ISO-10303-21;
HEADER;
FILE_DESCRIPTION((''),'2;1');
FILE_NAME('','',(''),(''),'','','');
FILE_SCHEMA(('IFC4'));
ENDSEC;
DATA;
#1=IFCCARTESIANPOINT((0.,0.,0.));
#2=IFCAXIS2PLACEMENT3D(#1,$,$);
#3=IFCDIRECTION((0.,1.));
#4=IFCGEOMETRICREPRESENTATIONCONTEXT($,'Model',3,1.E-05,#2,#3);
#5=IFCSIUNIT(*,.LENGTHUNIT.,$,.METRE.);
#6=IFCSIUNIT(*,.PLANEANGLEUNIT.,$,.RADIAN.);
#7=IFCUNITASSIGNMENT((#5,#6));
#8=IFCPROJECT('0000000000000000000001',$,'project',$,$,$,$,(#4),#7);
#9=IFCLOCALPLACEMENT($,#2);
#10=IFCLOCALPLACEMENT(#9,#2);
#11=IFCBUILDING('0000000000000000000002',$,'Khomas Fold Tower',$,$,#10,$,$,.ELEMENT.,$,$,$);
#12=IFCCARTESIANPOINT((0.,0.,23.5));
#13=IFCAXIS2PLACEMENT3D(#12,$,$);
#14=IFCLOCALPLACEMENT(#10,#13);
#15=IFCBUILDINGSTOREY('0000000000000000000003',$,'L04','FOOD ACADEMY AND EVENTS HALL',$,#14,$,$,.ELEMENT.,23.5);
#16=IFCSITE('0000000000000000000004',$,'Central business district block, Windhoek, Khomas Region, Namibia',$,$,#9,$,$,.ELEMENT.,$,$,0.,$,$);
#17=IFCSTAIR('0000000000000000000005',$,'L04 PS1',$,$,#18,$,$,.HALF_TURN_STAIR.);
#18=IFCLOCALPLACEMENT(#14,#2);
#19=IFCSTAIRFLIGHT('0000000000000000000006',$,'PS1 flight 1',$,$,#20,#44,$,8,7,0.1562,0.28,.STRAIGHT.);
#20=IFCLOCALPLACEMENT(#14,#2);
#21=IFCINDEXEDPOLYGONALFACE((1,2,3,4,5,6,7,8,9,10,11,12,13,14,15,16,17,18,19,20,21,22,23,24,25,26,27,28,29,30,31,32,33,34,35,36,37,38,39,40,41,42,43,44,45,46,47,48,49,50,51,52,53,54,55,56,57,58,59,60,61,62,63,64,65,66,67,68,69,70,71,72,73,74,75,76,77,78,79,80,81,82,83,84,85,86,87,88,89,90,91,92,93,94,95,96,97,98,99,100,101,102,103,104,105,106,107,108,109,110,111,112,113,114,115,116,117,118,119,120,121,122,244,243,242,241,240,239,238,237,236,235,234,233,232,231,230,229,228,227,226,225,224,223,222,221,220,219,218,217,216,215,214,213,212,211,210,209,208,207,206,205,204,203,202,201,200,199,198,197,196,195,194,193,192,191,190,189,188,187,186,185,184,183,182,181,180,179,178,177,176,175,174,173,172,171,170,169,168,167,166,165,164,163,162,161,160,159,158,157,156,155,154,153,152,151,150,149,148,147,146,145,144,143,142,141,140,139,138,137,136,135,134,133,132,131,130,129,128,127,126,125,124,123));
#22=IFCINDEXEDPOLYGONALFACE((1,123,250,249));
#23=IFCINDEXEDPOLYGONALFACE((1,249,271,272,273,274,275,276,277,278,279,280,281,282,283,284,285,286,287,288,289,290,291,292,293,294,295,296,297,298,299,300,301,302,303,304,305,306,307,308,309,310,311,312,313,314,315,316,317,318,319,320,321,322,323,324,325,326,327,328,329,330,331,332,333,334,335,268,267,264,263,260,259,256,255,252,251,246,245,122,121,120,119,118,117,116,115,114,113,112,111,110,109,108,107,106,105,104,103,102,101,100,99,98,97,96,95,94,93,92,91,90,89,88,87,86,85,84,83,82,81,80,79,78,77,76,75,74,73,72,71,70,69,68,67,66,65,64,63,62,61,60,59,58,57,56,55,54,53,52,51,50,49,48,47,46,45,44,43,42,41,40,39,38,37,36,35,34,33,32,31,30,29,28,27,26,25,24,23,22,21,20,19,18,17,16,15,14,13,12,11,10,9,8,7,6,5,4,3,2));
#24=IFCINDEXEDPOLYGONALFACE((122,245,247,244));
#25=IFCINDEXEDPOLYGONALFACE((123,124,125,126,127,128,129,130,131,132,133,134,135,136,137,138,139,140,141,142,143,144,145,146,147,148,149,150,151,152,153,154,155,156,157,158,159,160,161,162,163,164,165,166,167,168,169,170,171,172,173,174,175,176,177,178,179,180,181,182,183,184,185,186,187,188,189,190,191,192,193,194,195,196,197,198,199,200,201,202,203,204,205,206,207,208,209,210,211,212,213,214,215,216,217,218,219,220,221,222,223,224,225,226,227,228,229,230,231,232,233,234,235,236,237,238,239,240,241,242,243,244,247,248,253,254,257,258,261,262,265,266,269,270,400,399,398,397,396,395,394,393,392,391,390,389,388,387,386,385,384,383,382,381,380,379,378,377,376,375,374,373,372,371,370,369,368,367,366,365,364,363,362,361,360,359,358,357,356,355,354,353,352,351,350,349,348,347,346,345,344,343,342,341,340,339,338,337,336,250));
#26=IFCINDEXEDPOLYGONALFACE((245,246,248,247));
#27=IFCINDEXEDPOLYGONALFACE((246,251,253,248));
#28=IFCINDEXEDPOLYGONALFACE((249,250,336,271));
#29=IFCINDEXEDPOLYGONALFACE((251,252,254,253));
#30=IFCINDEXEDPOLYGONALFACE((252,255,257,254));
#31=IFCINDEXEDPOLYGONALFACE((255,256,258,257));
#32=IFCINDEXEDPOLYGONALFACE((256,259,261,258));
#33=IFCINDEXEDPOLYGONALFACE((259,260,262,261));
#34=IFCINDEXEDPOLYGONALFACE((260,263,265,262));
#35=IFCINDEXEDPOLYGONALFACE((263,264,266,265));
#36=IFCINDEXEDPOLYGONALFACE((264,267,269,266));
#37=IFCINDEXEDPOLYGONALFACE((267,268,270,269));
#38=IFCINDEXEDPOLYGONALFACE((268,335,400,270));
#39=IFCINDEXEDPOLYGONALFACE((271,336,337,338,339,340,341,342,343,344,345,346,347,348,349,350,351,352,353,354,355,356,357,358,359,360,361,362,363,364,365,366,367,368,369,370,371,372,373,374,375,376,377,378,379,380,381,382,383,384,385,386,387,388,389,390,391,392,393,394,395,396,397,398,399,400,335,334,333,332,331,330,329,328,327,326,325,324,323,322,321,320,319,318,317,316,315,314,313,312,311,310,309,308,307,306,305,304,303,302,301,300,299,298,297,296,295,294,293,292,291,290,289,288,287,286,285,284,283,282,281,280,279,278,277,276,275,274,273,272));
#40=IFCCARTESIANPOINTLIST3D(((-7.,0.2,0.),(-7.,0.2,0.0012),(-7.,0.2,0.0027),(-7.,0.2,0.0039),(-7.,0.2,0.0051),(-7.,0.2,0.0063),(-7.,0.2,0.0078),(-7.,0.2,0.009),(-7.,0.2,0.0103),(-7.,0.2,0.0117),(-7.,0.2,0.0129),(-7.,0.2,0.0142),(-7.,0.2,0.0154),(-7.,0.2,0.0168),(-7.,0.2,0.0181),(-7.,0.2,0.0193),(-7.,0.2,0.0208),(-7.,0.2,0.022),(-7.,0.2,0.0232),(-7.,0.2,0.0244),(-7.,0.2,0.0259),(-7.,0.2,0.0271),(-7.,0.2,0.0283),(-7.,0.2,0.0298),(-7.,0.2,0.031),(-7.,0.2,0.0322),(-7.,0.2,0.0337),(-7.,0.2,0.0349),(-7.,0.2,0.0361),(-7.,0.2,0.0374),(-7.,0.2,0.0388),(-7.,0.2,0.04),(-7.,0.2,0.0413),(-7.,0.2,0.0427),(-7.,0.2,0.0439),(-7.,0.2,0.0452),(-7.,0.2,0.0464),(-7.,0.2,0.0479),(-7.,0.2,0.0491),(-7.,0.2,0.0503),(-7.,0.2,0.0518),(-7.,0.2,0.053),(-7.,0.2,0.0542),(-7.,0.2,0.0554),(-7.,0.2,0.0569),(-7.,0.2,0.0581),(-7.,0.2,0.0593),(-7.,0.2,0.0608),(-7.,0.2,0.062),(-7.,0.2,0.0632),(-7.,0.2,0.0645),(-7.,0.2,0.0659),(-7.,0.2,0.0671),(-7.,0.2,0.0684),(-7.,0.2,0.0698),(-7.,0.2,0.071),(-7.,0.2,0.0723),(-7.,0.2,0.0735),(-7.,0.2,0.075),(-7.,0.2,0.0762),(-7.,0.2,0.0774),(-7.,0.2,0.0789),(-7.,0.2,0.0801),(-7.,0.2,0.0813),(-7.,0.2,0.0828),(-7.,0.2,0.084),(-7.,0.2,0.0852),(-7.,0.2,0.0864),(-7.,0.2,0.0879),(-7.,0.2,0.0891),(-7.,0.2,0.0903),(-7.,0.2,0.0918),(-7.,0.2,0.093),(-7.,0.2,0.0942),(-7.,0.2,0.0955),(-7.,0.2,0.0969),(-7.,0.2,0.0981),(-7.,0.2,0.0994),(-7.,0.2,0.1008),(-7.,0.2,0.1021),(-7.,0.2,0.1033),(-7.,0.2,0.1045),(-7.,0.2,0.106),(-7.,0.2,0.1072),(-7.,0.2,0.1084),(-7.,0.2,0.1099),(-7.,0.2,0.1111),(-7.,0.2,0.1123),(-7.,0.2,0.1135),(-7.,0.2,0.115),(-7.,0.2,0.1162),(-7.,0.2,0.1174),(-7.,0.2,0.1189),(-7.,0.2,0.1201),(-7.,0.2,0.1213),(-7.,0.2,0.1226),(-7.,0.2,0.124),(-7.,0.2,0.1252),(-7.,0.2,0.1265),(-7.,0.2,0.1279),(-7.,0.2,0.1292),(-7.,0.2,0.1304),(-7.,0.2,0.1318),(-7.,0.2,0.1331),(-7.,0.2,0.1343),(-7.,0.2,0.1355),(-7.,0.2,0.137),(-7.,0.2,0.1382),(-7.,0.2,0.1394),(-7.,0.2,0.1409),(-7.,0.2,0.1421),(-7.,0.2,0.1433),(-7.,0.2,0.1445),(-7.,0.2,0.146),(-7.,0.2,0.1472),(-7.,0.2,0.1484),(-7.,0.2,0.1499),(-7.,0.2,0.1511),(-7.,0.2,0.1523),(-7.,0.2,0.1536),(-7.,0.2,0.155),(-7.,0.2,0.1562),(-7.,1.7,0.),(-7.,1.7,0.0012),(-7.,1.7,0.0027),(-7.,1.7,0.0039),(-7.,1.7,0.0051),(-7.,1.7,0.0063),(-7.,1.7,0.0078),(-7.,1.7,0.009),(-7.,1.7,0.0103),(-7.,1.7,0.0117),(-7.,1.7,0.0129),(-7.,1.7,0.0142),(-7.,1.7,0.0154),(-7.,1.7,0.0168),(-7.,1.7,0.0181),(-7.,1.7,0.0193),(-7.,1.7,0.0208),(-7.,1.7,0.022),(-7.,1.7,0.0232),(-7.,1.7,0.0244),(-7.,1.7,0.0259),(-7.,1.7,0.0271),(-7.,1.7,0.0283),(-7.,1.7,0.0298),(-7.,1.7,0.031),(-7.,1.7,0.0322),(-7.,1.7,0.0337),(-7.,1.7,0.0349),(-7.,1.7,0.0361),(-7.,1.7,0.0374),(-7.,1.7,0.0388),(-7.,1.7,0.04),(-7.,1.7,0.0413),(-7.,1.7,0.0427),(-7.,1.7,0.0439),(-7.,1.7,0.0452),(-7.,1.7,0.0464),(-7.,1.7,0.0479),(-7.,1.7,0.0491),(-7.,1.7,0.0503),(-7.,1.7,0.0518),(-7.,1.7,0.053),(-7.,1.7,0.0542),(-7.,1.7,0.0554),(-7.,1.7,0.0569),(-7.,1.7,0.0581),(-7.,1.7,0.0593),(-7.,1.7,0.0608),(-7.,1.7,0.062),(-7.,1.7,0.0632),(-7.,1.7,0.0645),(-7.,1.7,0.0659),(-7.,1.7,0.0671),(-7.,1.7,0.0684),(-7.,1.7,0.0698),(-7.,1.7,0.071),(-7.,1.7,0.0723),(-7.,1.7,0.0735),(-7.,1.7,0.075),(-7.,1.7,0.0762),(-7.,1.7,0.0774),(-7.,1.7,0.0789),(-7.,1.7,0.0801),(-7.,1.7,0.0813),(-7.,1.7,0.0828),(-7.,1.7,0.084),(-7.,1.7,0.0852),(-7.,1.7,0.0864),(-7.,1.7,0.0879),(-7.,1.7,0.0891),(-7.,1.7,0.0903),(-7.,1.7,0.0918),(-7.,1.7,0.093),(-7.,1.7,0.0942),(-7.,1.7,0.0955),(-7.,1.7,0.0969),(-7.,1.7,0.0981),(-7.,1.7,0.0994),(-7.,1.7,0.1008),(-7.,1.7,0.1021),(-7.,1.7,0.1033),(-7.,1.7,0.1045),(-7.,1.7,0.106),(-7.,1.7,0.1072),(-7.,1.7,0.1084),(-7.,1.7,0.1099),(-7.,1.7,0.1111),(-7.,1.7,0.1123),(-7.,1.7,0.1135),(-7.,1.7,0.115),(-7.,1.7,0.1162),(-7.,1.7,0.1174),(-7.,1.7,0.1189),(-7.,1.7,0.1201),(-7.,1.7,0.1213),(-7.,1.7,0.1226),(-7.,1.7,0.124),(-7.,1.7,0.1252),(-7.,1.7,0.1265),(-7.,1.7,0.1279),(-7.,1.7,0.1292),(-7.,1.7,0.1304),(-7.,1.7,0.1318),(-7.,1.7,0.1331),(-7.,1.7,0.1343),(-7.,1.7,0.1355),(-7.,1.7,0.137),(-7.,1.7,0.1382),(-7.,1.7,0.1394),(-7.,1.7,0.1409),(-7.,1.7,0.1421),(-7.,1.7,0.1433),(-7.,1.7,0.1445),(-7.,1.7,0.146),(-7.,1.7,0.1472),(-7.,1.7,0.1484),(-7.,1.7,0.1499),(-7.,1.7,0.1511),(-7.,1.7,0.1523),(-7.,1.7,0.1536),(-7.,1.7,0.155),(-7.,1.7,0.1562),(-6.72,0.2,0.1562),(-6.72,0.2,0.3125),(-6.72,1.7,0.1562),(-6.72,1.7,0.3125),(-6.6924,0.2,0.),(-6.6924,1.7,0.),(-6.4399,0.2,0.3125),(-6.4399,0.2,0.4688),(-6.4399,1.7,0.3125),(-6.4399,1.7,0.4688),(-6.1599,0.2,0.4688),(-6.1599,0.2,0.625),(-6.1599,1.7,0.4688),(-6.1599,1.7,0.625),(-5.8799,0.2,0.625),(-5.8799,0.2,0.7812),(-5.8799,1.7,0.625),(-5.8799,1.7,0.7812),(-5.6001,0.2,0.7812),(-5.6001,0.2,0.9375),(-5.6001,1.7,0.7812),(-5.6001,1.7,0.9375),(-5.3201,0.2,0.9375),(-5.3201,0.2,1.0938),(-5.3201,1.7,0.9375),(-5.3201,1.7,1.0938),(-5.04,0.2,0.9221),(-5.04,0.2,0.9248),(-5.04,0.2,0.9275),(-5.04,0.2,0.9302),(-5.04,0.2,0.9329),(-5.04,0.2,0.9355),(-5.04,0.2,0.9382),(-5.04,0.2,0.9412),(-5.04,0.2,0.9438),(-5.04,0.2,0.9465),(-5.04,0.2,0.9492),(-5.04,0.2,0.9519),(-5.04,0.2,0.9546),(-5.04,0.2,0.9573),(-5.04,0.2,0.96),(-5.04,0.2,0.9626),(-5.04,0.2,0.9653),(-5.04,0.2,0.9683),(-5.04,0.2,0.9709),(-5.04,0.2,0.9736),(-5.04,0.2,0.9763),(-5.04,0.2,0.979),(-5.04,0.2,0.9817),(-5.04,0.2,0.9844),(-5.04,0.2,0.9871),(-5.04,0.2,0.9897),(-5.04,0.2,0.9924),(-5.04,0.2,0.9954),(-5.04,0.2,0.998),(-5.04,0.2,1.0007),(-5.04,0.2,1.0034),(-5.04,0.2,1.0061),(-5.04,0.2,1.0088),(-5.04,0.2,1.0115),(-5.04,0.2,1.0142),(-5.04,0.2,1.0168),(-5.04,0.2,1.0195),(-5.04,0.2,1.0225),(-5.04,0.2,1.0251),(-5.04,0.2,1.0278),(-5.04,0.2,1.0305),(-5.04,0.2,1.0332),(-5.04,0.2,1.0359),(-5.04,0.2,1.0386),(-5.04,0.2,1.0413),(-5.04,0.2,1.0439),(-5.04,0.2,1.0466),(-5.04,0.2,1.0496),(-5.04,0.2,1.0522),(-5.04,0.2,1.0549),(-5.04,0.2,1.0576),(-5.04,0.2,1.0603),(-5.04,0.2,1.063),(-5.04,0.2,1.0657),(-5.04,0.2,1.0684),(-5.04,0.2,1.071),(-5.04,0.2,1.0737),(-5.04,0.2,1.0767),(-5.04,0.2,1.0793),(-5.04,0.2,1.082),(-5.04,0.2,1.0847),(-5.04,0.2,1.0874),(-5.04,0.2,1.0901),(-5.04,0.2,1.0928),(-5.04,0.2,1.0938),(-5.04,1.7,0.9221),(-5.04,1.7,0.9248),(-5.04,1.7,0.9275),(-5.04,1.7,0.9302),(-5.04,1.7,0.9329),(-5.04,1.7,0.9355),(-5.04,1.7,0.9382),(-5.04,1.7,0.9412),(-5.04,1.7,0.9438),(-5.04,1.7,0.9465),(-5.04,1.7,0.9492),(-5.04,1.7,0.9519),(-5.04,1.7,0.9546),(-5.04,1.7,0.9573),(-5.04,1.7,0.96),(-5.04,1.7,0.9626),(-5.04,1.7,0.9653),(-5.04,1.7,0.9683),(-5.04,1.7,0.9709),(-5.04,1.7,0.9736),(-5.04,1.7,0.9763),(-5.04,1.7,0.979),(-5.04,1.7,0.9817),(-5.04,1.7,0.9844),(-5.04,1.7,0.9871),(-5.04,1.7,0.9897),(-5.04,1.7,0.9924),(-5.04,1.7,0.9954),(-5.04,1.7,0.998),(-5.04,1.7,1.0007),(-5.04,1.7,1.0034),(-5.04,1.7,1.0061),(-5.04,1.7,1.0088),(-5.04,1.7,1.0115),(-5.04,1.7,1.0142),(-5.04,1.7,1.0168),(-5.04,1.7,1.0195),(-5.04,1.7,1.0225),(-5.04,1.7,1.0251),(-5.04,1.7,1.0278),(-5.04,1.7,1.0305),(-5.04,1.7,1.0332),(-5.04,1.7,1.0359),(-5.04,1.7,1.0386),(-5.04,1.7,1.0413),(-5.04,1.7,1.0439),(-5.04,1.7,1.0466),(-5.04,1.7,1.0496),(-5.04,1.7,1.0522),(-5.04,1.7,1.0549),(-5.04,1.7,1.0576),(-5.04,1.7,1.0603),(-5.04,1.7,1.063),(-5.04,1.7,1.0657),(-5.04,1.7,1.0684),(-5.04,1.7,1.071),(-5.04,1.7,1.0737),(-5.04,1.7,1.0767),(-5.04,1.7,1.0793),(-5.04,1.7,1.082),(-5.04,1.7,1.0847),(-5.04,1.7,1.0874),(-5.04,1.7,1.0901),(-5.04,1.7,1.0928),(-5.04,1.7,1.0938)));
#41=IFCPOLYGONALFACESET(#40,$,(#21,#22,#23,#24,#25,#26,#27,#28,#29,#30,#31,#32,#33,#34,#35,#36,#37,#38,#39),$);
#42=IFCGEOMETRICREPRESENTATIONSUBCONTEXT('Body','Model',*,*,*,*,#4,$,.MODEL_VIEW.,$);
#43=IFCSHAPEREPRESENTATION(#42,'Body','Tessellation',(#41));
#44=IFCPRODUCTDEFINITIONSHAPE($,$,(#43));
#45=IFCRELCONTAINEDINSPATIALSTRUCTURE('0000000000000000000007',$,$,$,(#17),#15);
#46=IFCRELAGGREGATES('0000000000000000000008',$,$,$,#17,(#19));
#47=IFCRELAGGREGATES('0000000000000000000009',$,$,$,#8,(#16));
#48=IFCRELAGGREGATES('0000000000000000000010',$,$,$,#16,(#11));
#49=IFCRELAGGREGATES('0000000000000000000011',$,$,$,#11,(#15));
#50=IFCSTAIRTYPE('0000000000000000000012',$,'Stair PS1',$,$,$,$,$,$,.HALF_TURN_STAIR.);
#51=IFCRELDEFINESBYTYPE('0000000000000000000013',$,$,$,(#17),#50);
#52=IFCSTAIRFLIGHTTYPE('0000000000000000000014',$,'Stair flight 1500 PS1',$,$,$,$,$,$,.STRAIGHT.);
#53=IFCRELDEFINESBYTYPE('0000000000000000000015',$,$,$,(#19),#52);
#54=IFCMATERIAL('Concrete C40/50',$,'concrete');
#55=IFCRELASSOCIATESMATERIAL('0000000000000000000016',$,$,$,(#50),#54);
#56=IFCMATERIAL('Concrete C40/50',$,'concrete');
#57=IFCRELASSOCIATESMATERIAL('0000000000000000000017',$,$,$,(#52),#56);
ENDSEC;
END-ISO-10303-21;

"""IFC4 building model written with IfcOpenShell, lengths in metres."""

from ifc_helpers import new_model, si_unit, direction, frame, origin, place, context, subcontext, project, spatial, polyline, outline, extrude, source, transform, mapped, material, type_object, element, aggregate, save


model = new_model("IFC4")

# Units and contexts
model_context = context("Model", 3, precision=1e-05, world=origin(), true_north=direction((0.0, 1.0)))
body_context = subcontext(model_context, "Body", "Model", "MODEL_VIEW")
ifc_project = project(units=[si_unit("LENGTHUNIT", "METRE"), si_unit("PLANEANGLEUNIT", "RADIAN")], contexts=[model_context])

# Site, building, storey
site_placement = place(None, origin())
site = spatial("IfcSite", under=ifc_project, at=site_placement, Name="Central business district block, Windhoek, Khomas Region, Namibia", CompositionType="ELEMENT", RefElevation=0.0)
building_placement = place(site_placement, origin())
building = spatial("IfcBuilding", under=site, at=building_placement, Name="Khomas Fold Tower", CompositionType="ELEMENT")
storey_placement = place(building_placement, frame((0.0, 0.0, 23.5)))
storey = spatial("IfcBuildingStorey", under=building, at=storey_placement, Name="L04", Description="FOOD ACADEMY AND EVENTS HALL", CompositionType="ELEMENT", Elevation=23.5)

# Stair, stair flight
ifc_material_1 = material(Name="Concrete C40/50", Category="concrete")
stair_type = type_object("IfcStairType", Name="Stair PS1", PredefinedType="HALF_TURN_STAIR", material=ifc_material_1)
stair_placement = place(storey_placement, origin())
stair = element("IfcStair", 1, at=stair_placement, inside=storey, type_object=stair_type, Name="L04 PS1", PredefinedType="HALF_TURN_STAIR")
ifc_material_2 = material(Name="Concrete C40/50", Category="concrete")
stair_flight_type = type_object("IfcStairFlightType", Name="Stair flight 1500 PS1", PredefinedType="STRAIGHT", material=ifc_material_2)
shared_shape_1 = source(origin(), body_context, "Body", "SweptSolid", [
    extrude(outline(polyline([(0.0, 0.0), (0.0, 0.0012), (0.0, 0.0027), (0.0, 0.0039), (0.0, 0.0051), (0.0, 0.0063), (0.0, 0.0078), (0.0, 0.009), (0.0, 0.0103), (0.0, 0.0117), (0.0, 0.0129), (0.0, 0.0142), (0.0, 0.0154), (0.0, 0.0168), (0.0, 0.0181), (0.0, 0.0193), (0.0, 0.0208), (0.0, 0.022), (0.0, 0.0232), (0.0, 0.0244), (0.0, 0.0259), (0.0, 0.0271), (0.0, 0.0283), (0.0, 0.0298), (0.0, 0.031), (0.0, 0.0322), (0.0, 0.0337), (0.0, 0.0349), (0.0, 0.0361), (0.0, 0.0374), (0.0, 0.0388), (0.0, 0.04), (0.0, 0.0413), (0.0, 0.0427), (0.0, 0.0439), (0.0, 0.0452), (0.0, 0.0464), (0.0, 0.0479), (0.0, 0.0491), (0.0, 0.0503), (0.0, 0.0518), (0.0, 0.053), (0.0, 0.0542), (0.0, 0.0554), (0.0, 0.0569), (0.0, 0.0581), (0.0, 0.0593), (0.0, 0.0608), (0.0, 0.062), (0.0, 0.0632), (0.0, 0.0645), (0.0, 0.0659), (0.0, 0.0671), (0.0, 0.0684), (0.0, 0.0698), (0.0, 0.071), (0.0, 0.0723), (0.0, 0.0735), (0.0, 0.075), (0.0, 0.0762), (0.0, 0.0774), (0.0, 0.0789), (0.0, 0.0801), (0.0, 0.0813), (0.0, 0.0828), (0.0, 0.084), (0.0, 0.0852), (0.0, 0.0864), (0.0, 0.0879), (0.0, 0.0891), (0.0, 0.0903), (0.0, 0.0918), (0.0, 0.093), (0.0, 0.0942), (0.0, 0.0955), (0.0, 0.0969), (0.0, 0.0981), (0.0, 0.0994), (0.0, 0.1008), (0.0, 0.1021), (0.0, 0.1033), (0.0, 0.1045), (0.0, 0.106), (0.0, 0.1072), (0.0, 0.1084), (0.0, 0.1099), (0.0, 0.1111), (0.0, 0.1123), (0.0, 0.1135), (0.0, 0.115), (0.0, 0.1162), (0.0, 0.1174), (0.0, 0.1189), (0.0, 0.1201), (0.0, 0.1213), (0.0, 0.1226), (0.0, 0.124), (0.0, 0.1252), (0.0, 0.1265), (0.0, 0.1279), (0.0, 0.1292), (0.0, 0.1304), (0.0, 0.1318), (0.0, 0.1331), (0.0, 0.1343), (0.0, 0.1355), (0.0, 0.137), (0.0, 0.1382), (0.0, 0.1394), (0.0, 0.1409), (0.0, 0.1421), (0.0, 0.1433), (0.0, 0.1445), (0.0, 0.146), (0.0, 0.1472), (0.0, 0.1484), (0.0, 0.1499), (0.0, 0.1511), (0.0, 0.1523), (0.0, 0.1536), (0.0, 0.155), (0.0, 0.1562), (0.28, 0.1562), (0.28, 0.3125), (0.5601, 0.3125), (0.5601, 0.4688), (0.8401, 0.4688), (0.8401, 0.625), (1.1201, 0.625), (1.1201, 0.7812), (1.3999, 0.7812), (1.3999, 0.9375), (1.6799, 0.9375), (1.6799, 1.0938), (1.96, 1.0938), (1.96, 1.25), (1.96, 1.2473), (1.96, 1.2446), (1.96, 1.2419), (1.96, 1.2393), (1.96, 1.2363), (1.96, 1.2336), (1.96, 1.231), (1.96, 1.2283), (1.96, 1.2256), (1.96, 1.2229), (1.96, 1.2202), (1.96, 1.2175), (1.96, 1.2148), (1.96, 1.2122), (1.96, 1.2092), (1.96, 1.2065), (1.96, 1.2039), (1.96, 1.2012), (1.96, 1.1985), (1.96, 1.1958), (1.96, 1.1931), (1.96, 1.1904), (1.96, 1.1877), (1.96, 1.1851), (1.96, 1.1821), (1.96, 1.1794), (1.96, 1.1768), (1.96, 1.1741), (1.96, 1.1714), (1.96, 1.1687), (1.96, 1.166), (1.96, 1.1633), (1.96, 1.1606), (1.96, 1.158), (1.96, 1.155), (1.96, 1.1523), (1.96, 1.1497), (1.96, 1.147), (1.96, 1.1443), (1.96, 1.1416), (1.96, 1.1389), (1.96, 1.1362), (1.96, 1.1335), (1.96, 1.1309), (1.96, 1.1279), (1.96, 1.1252), (1.96, 1.1226), (1.96, 1.1199), (1.96, 1.1172), (1.96, 1.1145), (1.96, 1.1118), (1.96, 1.1091), (1.96, 1.1064), (1.96, 1.1038), (1.96, 1.1008), (1.96, 1.0981), (1.96, 1.0955), (1.96, 1.0928), (1.96, 1.0901), (1.96, 1.0874), (1.96, 1.0847), (1.96, 1.082), (1.96, 1.0793), (1.96, 1.0767), (1.96, 1.0737), (1.96, 1.071), (1.96, 1.0684), (1.96, 1.0657), (1.96, 1.063), (1.96, 1.0603), (1.96, 1.0576), (1.96, 1.0549), (1.96, 1.0522), (1.96, 1.0496), (1.96, 1.0466), (1.96, 1.0439), (1.96, 1.0413), (1.96, 1.0386), (1.96, 1.0359), (1.96, 1.0332), (1.96, 1.0305), (1.96, 1.0278), (1.96, 1.0251), (1.96, 1.0225), (1.96, 1.0195), (1.96, 1.0168), (1.96, 1.0142), (1.96, 1.0115), (1.96, 1.0088), (1.96, 1.0061), (1.96, 1.0034), (1.96, 1.0007), (1.96, 0.998), (1.96, 0.9954), (1.96, 0.9924), (1.96, 0.9897), (1.96, 0.9871), (1.96, 0.9844), (1.96, 0.9817), (1.96, 0.979), (1.96, 0.9763), (1.96, 0.9736), (1.96, 0.9709), (1.96, 0.9683), (1.96, 0.9653), (1.96, 0.9626), (1.96, 0.96), (1.96, 0.9573), (1.96, 0.9546), (1.96, 0.9519), (1.96, 0.9492), (1.96, 0.9465), (1.96, 0.9438), (1.96, 0.9412), (1.96, 0.9382), (1.96, 0.9355), (1.96, 0.9329), (1.96, 0.9302), (1.96, 0.9275), (1.96, 0.9248), (1.96, 0.9221), (0.3076, 0.0), (0.0, 0.0)])), frame((0.0, 0.75, 0.0), z_axis=(0.0, -1.0, 0.0), x_axis=(1.0, 0.0, 0.0)), (0.0, 0.0, 1.0), 1.5),
])
stair_flight_1_placement = place(storey_placement, frame((-7.0, 0.95, 0.0), z_axis=(0.0, 0.0, 1.0), x_axis=(1.0, 0.0, 0.0)))
stair_flight_1 = element("IfcStairFlight", 2, at=stair_flight_1_placement, type_object=stair_flight_type, Name="PS1 flight 1", NumberOfRisers=8, NumberOfTreads=7, PredefinedType="STRAIGHT", RiserHeight=0.1562, TreadLength=0.28, context=body_context, shape_type="MappedRepresentation", body=[
    mapped(shared_shape_1, transform((0.0, 0.0, 0.0))),
])
aggregate(stair, [stair_flight_1])

save(model, "model.ifc")
